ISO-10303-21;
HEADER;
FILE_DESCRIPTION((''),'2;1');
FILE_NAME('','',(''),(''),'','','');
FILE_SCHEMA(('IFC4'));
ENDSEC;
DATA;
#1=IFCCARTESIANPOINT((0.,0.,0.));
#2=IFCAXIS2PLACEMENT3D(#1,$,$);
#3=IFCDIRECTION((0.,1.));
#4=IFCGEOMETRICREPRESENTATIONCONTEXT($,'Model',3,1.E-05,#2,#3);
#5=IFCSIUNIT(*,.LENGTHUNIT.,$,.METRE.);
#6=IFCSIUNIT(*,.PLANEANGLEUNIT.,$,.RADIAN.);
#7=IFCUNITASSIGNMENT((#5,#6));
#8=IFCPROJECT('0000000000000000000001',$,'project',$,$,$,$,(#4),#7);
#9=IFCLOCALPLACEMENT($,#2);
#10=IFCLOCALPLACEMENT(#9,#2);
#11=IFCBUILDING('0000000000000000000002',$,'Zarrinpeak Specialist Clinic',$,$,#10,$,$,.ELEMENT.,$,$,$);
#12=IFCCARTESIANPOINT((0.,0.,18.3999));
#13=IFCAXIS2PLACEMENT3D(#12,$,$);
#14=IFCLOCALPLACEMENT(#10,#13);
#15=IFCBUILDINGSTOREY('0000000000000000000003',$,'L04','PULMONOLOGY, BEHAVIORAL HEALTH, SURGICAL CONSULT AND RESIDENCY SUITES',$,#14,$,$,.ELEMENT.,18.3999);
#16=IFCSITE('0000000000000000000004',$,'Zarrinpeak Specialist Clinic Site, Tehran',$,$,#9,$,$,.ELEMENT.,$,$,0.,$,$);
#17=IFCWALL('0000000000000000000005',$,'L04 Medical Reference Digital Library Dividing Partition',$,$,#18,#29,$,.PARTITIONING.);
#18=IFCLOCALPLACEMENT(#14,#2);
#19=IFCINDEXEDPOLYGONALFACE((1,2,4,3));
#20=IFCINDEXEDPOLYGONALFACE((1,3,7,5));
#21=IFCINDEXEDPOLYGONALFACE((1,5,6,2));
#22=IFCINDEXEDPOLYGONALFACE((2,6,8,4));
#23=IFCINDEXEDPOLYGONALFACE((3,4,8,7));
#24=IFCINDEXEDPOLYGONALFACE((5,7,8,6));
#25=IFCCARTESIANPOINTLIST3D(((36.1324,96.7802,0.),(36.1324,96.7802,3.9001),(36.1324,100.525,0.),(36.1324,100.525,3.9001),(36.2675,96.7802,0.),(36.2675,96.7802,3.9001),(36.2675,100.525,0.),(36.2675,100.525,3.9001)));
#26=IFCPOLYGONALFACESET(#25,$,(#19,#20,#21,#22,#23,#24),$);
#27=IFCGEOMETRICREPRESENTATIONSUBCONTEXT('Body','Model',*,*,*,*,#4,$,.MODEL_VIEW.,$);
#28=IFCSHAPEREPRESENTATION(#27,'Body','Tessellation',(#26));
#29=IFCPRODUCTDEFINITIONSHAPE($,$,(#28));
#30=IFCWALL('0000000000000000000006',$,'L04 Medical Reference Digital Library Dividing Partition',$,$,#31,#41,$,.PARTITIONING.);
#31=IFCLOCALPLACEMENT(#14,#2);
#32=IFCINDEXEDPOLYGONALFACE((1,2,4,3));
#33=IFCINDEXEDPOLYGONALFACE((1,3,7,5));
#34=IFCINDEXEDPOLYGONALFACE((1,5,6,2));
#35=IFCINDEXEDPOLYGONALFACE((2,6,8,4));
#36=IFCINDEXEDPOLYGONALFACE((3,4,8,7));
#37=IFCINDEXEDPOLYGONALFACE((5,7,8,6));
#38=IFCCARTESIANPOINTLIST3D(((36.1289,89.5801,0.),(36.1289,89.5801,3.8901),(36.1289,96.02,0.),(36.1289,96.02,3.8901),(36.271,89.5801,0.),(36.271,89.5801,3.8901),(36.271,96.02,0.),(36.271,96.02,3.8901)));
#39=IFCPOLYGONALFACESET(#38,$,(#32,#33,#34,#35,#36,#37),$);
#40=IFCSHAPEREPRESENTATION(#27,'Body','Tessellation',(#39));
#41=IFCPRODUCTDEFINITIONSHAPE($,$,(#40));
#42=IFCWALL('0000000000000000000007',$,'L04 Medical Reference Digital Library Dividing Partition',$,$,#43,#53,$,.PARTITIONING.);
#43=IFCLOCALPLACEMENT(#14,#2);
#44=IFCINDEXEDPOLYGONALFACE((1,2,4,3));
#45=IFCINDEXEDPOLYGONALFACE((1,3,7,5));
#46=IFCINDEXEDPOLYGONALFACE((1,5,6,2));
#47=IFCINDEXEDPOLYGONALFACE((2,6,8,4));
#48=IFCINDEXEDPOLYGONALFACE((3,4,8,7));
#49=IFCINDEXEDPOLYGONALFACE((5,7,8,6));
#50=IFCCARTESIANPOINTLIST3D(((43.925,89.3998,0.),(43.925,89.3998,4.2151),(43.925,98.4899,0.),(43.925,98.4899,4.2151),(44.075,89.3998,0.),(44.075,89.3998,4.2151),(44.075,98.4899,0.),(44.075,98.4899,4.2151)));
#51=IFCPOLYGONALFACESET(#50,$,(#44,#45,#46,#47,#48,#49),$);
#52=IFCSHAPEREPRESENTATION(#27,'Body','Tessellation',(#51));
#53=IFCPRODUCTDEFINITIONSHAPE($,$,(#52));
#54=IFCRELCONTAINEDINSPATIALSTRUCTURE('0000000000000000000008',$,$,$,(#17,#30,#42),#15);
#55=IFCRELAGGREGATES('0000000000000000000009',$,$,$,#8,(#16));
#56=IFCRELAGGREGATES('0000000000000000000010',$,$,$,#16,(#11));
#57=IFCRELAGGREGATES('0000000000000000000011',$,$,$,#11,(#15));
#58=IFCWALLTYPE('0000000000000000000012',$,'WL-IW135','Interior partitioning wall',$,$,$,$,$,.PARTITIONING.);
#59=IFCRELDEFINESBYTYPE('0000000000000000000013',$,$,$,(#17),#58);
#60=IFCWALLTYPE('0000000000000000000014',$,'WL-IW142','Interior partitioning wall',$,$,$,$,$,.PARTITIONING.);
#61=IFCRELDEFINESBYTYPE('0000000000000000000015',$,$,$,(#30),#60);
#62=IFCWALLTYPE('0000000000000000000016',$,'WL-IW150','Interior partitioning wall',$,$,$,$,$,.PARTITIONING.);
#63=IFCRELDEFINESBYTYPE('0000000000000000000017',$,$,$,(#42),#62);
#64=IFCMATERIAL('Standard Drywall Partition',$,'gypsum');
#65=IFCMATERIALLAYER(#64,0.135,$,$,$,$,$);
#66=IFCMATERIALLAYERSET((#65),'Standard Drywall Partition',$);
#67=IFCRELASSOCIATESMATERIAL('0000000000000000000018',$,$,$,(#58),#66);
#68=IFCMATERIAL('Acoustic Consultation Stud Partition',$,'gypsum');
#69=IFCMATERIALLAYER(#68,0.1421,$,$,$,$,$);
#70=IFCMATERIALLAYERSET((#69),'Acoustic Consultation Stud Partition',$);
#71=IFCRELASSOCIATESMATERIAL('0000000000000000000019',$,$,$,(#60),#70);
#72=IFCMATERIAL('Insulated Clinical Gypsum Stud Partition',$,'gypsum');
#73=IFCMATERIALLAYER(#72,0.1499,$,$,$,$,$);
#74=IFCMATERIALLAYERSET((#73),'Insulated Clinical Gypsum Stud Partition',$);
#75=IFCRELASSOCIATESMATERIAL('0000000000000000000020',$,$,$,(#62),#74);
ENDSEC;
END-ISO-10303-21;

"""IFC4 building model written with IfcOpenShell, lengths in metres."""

from ifc_helpers import new_model, si_unit, direction, frame, frame_2d, origin, place, context, subcontext, project, spatial, rectangle, extrude, material, layer, layer_set, type_object, element, save


model = new_model("IFC4")

# Units and contexts
model_context = context("Model", 3, precision=1e-05, world=origin(), true_north=direction((0.0, 1.0)))
body_context = subcontext(model_context, "Body", "Model", "MODEL_VIEW")
ifc_project = project(units=[si_unit("LENGTHUNIT", "METRE"), si_unit("PLANEANGLEUNIT", "RADIAN")], contexts=[model_context])

# Site, building, storey
site_placement = place(None, origin())
site = spatial("IfcSite", under=ifc_project, at=site_placement, Name="Zarrinpeak Specialist Clinic Site, Tehran", CompositionType="ELEMENT", RefElevation=0.0)
building_placement = place(site_placement, origin())
building = spatial("IfcBuilding", under=site, at=building_placement, Name="Zarrinpeak Specialist Clinic", CompositionType="ELEMENT")
storey_placement = place(building_placement, frame((0.0, 0.0, 18.3999)))
storey = spatial("IfcBuildingStorey", under=building, at=storey_placement, Name="L04", Description="PULMONOLOGY, BEHAVIORAL HEALTH, SURGICAL CONSULT AND RESIDENCY SUITES", CompositionType="ELEMENT", Elevation=18.3999)

# Walls
ifc_material_1 = material(Name="Standard Drywall Partition", Category="gypsum")
ifc_layer_1 = layer(ifc_material_1, 0.135)
ifc_layer_set_1 = layer_set([ifc_layer_1], Name="Standard Drywall Partition")
wall_type_1 = type_object("IfcWallType", Name="WL-IW135", Description="Interior partitioning wall", PredefinedType="PARTITIONING", material=ifc_layer_set_1)
wall_1_placement = place(storey_placement, frame((36.2, 96.78, 0.0), z_axis=(0.0, 0.0, 1.0), x_axis=(0.0, 1.0, 0.0)))
element("IfcWall", 1, at=wall_1_placement, inside=storey, type_object=wall_type_1, Name="L04 Medical Reference Digital Library Dividing Partition", PredefinedType="PARTITIONING", context=body_context, shape_type="SweptSolid", body=[
    extrude(rectangle(XDim=3.7449, YDim=0.135, at=frame_2d((1.8726, 0.0))), origin(), (0.0, 0.0, 1.0), 3.9001),
])
ifc_material_2 = material(Name="Acoustic Consultation Stud Partition", Category="gypsum")
ifc_layer_2 = layer(ifc_material_2, 0.1421)
ifc_layer_set_2 = layer_set([ifc_layer_2], Name="Acoustic Consultation Stud Partition")
wall_type_2 = type_object("IfcWallType", Name="WL-IW142", Description="Interior partitioning wall", PredefinedType="PARTITIONING", material=ifc_layer_set_2)
wall_2_placement = place(storey_placement, frame((36.2, 89.5801, 0.0), z_axis=(0.0, 0.0, 1.0), x_axis=(0.0, 1.0, 0.0)))
element("IfcWall", 2, at=wall_2_placement, inside=storey, type_object=wall_type_2, Name="L04 Medical Reference Digital Library Dividing Partition", PredefinedType="PARTITIONING", context=body_context, shape_type="SweptSolid", body=[
    extrude(rectangle(XDim=6.4399, YDim=0.1421, at=frame_2d((3.22, 0.0))), origin(), (0.0, 0.0, 1.0), 3.8901),
])
ifc_material_3 = material(Name="Insulated Clinical Gypsum Stud Partition", Category="gypsum")
ifc_layer_3 = layer(ifc_material_3, 0.1499)
ifc_layer_set_3 = layer_set([ifc_layer_3], Name="Insulated Clinical Gypsum Stud Partition")
wall_type_3 = type_object("IfcWallType", Name="WL-IW150", Description="Interior partitioning wall", PredefinedType="PARTITIONING", material=ifc_layer_set_3)
wall_3_placement = place(storey_placement, frame((44.0, 89.3999, 0.0), z_axis=(0.0, 0.0, 1.0), x_axis=(0.0, 1.0, 0.0)))
element("IfcWall", 3, at=wall_3_placement, inside=storey, type_object=wall_type_3, Name="L04 Medical Reference Digital Library Dividing Partition", PredefinedType="PARTITIONING", context=body_context, shape_type="SweptSolid", body=[
    extrude(rectangle(XDim=9.0901, YDim=0.1499, at=frame_2d((4.5449, 0.0))), origin(), (0.0, 0.0, 1.0), 4.2151),
])

save(model, "model.ifc")
